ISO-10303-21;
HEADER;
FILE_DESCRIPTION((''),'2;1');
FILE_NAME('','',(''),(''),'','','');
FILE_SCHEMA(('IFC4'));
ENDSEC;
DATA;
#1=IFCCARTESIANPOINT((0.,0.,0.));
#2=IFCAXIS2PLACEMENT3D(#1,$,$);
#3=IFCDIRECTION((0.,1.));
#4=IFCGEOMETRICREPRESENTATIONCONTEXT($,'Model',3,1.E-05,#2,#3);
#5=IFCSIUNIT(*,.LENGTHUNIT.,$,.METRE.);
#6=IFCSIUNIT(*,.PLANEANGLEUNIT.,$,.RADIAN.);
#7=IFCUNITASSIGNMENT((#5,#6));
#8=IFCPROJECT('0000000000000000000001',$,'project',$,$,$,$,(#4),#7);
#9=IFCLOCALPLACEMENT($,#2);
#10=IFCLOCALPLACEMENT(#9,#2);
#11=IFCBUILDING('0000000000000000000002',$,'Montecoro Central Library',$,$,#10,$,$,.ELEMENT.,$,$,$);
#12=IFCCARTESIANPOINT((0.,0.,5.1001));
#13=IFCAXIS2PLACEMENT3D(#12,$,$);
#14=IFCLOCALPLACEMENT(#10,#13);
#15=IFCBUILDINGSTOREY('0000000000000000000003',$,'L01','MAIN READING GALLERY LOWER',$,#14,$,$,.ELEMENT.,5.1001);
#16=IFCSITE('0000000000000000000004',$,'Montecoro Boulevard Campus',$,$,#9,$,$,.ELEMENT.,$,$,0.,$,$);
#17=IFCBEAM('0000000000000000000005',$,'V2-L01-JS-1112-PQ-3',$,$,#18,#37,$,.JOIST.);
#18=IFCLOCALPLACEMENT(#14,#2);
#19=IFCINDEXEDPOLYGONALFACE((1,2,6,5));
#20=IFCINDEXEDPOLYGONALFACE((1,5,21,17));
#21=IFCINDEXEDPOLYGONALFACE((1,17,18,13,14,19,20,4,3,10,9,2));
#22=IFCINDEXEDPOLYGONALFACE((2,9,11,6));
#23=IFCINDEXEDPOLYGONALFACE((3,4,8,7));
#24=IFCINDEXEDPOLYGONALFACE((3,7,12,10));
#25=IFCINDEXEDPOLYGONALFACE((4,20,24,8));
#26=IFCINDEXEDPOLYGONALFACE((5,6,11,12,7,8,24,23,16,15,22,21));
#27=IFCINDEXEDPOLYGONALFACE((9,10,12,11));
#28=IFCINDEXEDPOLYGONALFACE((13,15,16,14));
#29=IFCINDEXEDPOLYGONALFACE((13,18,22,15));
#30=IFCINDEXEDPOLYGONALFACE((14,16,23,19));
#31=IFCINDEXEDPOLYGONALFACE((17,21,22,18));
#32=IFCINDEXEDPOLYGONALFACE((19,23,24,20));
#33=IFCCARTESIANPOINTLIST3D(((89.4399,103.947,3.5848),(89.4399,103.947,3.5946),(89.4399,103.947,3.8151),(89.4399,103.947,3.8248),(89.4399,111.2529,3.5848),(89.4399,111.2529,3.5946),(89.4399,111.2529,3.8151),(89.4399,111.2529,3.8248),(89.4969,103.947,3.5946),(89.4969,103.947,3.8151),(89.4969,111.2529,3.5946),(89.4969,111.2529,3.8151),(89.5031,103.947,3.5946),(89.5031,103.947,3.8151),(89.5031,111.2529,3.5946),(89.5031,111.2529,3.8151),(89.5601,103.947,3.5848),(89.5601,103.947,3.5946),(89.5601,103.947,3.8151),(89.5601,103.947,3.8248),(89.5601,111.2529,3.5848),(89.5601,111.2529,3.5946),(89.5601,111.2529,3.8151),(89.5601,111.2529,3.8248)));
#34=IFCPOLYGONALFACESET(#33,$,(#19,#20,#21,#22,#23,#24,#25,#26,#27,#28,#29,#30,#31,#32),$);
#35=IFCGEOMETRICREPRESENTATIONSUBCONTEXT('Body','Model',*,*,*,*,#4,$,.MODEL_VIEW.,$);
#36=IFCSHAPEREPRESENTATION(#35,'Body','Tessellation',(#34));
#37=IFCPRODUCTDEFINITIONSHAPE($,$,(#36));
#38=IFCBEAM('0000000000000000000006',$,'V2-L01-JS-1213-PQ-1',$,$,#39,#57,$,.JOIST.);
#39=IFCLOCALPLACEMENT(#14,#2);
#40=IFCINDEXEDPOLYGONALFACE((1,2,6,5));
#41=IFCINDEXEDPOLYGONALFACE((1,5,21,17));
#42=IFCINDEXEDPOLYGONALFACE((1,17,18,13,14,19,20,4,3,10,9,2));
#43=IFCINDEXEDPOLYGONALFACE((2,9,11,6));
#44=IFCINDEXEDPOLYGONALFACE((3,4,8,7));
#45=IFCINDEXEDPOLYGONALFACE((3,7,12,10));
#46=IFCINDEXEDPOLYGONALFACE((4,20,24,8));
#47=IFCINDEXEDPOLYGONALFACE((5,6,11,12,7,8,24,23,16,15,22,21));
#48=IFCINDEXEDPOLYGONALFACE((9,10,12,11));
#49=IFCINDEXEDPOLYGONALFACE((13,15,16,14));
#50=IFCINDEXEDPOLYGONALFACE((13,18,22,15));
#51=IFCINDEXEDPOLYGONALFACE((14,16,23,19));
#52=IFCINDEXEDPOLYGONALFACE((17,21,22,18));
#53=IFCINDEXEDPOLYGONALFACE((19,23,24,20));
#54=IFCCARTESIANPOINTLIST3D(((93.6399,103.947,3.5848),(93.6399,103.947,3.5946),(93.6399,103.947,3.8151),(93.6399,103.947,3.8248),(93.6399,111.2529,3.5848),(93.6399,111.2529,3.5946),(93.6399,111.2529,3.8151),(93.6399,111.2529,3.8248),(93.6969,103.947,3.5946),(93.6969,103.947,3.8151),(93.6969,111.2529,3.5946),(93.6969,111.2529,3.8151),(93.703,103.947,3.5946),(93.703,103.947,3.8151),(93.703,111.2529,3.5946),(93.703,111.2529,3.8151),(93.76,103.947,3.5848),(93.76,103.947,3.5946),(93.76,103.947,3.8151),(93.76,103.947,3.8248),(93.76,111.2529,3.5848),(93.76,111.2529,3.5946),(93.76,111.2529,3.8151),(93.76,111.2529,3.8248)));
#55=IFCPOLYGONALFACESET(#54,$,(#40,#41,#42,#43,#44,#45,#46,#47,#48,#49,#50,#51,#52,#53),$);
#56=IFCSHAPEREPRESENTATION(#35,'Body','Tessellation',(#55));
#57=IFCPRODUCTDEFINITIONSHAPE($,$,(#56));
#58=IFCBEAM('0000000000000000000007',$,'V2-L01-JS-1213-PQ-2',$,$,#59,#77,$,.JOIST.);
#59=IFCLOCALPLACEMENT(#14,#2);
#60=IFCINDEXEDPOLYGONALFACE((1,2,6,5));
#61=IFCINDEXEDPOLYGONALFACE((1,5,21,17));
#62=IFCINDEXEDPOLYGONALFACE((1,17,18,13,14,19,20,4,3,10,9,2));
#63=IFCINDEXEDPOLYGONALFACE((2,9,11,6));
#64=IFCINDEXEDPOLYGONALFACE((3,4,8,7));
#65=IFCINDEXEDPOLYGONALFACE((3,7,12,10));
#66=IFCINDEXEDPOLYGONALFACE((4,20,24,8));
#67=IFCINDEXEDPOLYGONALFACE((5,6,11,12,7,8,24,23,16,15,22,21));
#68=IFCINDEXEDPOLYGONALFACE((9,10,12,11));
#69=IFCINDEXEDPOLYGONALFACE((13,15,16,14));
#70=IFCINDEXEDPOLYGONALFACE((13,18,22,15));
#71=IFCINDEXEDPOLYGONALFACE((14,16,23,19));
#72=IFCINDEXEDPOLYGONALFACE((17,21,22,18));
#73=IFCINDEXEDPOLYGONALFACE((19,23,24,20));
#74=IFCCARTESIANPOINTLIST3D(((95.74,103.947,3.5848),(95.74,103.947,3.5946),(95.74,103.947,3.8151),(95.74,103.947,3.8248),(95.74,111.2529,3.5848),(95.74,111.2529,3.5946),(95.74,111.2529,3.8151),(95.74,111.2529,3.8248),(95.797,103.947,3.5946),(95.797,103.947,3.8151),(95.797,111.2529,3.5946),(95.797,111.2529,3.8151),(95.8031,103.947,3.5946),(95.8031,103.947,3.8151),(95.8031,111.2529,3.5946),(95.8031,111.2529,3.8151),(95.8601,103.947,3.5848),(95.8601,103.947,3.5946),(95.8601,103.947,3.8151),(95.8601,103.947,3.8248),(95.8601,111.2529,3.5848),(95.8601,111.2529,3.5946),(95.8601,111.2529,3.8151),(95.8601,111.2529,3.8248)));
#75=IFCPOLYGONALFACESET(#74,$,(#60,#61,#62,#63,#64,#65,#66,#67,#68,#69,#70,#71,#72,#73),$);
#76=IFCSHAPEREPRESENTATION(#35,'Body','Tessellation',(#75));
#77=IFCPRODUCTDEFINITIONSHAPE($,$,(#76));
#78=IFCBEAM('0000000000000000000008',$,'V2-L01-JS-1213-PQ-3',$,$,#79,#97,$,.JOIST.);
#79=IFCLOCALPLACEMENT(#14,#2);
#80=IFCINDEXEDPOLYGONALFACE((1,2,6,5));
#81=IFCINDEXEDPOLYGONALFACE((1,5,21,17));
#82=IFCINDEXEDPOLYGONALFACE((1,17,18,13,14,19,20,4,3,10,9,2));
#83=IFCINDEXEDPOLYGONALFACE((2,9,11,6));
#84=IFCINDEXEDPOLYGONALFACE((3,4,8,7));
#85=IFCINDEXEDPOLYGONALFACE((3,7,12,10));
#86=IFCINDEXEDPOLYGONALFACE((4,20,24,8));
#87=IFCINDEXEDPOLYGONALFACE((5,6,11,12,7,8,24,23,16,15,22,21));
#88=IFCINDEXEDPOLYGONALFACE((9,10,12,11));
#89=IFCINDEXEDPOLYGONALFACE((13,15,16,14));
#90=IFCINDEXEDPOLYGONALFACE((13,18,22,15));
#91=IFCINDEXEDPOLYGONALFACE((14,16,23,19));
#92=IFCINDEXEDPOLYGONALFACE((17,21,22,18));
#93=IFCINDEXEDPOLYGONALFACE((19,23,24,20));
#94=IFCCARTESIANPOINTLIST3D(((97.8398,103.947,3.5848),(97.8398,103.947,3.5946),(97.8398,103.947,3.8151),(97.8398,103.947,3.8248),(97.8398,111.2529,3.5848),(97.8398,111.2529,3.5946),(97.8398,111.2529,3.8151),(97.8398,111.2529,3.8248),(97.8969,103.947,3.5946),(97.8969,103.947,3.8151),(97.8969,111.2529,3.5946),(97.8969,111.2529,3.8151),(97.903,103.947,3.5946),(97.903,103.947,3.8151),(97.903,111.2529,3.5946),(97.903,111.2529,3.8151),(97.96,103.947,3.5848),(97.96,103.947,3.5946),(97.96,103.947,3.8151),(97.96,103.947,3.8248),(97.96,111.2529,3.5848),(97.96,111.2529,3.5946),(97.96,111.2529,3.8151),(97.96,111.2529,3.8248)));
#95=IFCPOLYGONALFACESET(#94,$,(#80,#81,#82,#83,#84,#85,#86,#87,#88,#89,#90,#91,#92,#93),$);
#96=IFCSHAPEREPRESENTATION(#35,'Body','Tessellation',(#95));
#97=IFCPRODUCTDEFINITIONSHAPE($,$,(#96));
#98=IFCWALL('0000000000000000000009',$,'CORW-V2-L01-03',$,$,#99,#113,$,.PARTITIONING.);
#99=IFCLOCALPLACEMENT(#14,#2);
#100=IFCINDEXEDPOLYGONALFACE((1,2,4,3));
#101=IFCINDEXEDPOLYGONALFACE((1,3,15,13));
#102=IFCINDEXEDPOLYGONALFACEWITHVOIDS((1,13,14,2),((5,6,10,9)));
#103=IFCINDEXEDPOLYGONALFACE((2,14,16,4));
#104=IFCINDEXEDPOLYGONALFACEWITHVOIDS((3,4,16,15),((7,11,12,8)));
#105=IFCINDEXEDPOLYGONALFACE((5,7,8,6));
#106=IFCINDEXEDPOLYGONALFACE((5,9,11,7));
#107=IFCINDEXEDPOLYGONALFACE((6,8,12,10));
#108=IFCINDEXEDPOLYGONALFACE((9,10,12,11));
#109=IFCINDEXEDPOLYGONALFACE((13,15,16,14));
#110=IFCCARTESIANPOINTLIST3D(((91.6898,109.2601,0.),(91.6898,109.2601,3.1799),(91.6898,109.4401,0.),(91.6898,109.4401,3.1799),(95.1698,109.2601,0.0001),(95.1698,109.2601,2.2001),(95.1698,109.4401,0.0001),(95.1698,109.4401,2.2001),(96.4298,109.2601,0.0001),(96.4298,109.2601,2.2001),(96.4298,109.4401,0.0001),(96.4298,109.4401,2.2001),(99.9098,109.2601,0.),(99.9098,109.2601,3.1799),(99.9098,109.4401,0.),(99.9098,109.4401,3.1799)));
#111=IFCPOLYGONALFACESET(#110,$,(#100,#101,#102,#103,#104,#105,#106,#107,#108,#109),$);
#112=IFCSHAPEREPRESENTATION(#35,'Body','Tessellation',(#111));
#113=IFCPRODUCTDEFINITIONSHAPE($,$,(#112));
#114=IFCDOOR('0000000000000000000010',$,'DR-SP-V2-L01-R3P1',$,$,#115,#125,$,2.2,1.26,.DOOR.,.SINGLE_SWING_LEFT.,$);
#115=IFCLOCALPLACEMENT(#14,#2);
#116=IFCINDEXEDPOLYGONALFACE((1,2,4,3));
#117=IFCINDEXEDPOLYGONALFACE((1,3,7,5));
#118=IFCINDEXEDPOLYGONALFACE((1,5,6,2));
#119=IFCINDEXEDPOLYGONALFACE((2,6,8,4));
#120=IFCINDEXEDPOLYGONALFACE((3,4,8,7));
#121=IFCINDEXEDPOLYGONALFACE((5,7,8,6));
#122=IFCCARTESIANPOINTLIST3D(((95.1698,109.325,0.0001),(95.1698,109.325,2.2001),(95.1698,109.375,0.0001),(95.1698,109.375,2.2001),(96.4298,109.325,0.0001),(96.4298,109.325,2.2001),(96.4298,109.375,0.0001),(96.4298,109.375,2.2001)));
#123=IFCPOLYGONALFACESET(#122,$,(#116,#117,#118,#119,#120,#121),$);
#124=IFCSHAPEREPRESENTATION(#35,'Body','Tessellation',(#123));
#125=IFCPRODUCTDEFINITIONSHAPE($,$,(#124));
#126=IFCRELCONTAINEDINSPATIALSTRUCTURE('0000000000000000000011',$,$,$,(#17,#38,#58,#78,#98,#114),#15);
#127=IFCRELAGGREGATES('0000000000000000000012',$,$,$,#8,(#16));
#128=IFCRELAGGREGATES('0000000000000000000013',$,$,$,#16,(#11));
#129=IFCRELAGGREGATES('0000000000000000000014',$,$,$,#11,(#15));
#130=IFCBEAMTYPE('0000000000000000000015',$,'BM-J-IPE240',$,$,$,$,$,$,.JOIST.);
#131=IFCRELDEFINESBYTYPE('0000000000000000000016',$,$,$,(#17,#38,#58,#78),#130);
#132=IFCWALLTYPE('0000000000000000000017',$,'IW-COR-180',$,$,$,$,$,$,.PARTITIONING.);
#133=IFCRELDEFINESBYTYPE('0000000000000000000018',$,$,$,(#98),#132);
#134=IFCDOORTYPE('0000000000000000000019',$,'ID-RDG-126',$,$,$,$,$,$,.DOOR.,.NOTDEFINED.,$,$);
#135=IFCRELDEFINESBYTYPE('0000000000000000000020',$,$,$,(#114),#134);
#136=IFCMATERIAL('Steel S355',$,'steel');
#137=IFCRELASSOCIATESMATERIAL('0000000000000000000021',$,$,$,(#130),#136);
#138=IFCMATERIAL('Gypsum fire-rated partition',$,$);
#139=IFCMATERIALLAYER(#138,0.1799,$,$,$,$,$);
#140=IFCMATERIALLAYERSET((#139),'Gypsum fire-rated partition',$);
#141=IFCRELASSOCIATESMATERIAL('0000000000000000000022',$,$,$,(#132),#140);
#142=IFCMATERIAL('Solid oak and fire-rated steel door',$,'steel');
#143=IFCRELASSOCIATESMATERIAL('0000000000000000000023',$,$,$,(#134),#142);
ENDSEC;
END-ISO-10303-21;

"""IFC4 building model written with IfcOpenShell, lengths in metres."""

from ifc_helpers import new_model, si_unit, direction, frame, frame_2d, origin, origin_2d, place, context, subcontext, project, spatial, rectangle, i_section, extrude, material, layer, layer_set, material_profile, profile_set, type_object, element, fill, save


model = new_model("IFC4")

# Units and contexts
model_context = context("Model", 3, precision=1e-05, world=origin(), true_north=direction((0.0, 1.0)))
body_context = subcontext(model_context, "Body", "Model", "MODEL_VIEW")
ifc_project = project(units=[si_unit("LENGTHUNIT", "METRE"), si_unit("PLANEANGLEUNIT", "RADIAN")], contexts=[model_context])

# Site, building, storey
site_placement = place(None, origin())
site = spatial("IfcSite", under=ifc_project, at=site_placement, Name="Montecoro Boulevard Campus", CompositionType="ELEMENT", RefElevation=0.0)
building_placement = place(site_placement, origin())
building = spatial("IfcBuilding", under=site, at=building_placement, Name="Montecoro Central Library", CompositionType="ELEMENT")
storey_placement = place(building_placement, frame((0.0, 0.0, 5.1001)))
storey = spatial("IfcBuildingStorey", under=building, at=storey_placement, Name="L01", Description="MAIN READING GALLERY LOWER", CompositionType="ELEMENT", Elevation=5.1001)

# Beams
ifc_material_1 = material(Name="Steel S355", Category="steel")
ifc_material_profile_1 = material_profile(ifc_material_1, i_section(OverallWidth=0.1201, OverallDepth=0.24, WebThickness=0.0061, FlangeThickness=0.0098, at=origin_2d()), Name="IPE 240")
ifc_profile_set_1 = profile_set([ifc_material_profile_1], Name="Steel S355")
beam_type_1 = type_object("IfcBeamType", Name="BM-J-IPE240", PredefinedType="JOIST", material=ifc_profile_set_1)
for number, where, z_axis, x_axis, name in (
    (1, (89.5, 103.947, 3.7048), (0.0, 1.0, 0.0), (-1.0, 0.0, 0.0), "V2-L01-JS-1112-PQ-3"),
    (2, (93.7, 103.947, 3.7048), (0.0, 1.0, 0.0), (-1.0, 0.0, 0.0), "V2-L01-JS-1213-PQ-1"),
    (3, (95.8, 103.947, 3.7048), (0.0, 1.0, 0.0), (-1.0, 0.0, 0.0), "V2-L01-JS-1213-PQ-2"),
    (4, (97.8999, 103.947, 3.7048), (0.0, 1.0, 0.0), (-1.0, 0.0, 0.0), "V2-L01-JS-1213-PQ-3"),
):
    element("IfcBeam", number, at=place(storey_placement, frame(where, z_axis=z_axis, x_axis=x_axis)), inside=storey, type_object=beam_type_1, Name=name, PredefinedType="JOIST", context=body_context, shape_type="SweptSolid", body=[
        extrude(i_section(OverallWidth=0.1201, OverallDepth=0.24, WebThickness=0.0061, FlangeThickness=0.0098, at=origin_2d()), origin(), (0.0, 0.0, 1.0), 7.3059),
    ])

# Wall, opening, door
ifc_material_2 = material(Name="Gypsum fire-rated partition")
ifc_layer = layer(ifc_material_2, 0.1799)
ifc_layer_set = layer_set([ifc_layer], Name="Gypsum fire-rated partition")
wall_type = type_object("IfcWallType", Name="IW-COR-180", PredefinedType="PARTITIONING", material=ifc_layer_set)
wall_placement = place(storey_placement, frame((91.6899, 109.3501, 0.0), z_axis=(0.0, 0.0, 1.0), x_axis=(1.0, 0.0, 0.0)))
wall = element("IfcWall", 5, at=wall_placement, inside=storey, type_object=wall_type, Name="CORW-V2-L01-03", PredefinedType="PARTITIONING", context=body_context, shape_type="SweptSolid", body=[
    extrude(rectangle(XDim=8.22, YDim=0.1799, at=frame_2d((4.1099, 0.0))), origin(), (0.0, 0.0, 1.0), 3.1799),
])
opening_placement = place(wall_placement, frame((3.48, 0.0, 0.0)))
opening = element("IfcOpeningElement", 6, at=opening_placement, cuts=wall, PredefinedType="OPENING", context=body_context, shape_type="SweptSolid", body=[
    extrude(rectangle(XDim=1.26, YDim=2.2, at=frame_2d((0.6299, 1.1001))), frame((0.0, 0.0999, 0.0), z_axis=(0.0, -1.0, 0.0), x_axis=(1.0, 0.0, 0.0)), (0.0, 0.0, 1.0), 0.2),
])
ifc_material_3 = material(Name="Solid oak and fire-rated steel door", Category="steel")
door_type = type_object("IfcDoorType", Name="ID-RDG-126", OperationType="NOTDEFINED", PredefinedType="DOOR", material=ifc_material_3)
door_placement = place(opening_placement, origin())
door = element("IfcDoor", 7, at=door_placement, inside=storey, type_object=door_type, Name="DR-SP-V2-L01-R3P1", OperationType="SINGLE_SWING_LEFT", OverallHeight=2.2, OverallWidth=1.26, PredefinedType="DOOR", context=body_context, shape_type="SweptSolid", body=[
    extrude(rectangle(XDim=1.26, YDim=2.2, at=frame_2d((0.6299, 1.1001))), frame((0.0, 0.0249, 0.0), z_axis=(0.0, -1.0, 0.0), x_axis=(1.0, 0.0, 0.0)), (0.0, 0.0, 1.0), 0.05),
])
fill(opening, door)

save(model, "model.ifc")
